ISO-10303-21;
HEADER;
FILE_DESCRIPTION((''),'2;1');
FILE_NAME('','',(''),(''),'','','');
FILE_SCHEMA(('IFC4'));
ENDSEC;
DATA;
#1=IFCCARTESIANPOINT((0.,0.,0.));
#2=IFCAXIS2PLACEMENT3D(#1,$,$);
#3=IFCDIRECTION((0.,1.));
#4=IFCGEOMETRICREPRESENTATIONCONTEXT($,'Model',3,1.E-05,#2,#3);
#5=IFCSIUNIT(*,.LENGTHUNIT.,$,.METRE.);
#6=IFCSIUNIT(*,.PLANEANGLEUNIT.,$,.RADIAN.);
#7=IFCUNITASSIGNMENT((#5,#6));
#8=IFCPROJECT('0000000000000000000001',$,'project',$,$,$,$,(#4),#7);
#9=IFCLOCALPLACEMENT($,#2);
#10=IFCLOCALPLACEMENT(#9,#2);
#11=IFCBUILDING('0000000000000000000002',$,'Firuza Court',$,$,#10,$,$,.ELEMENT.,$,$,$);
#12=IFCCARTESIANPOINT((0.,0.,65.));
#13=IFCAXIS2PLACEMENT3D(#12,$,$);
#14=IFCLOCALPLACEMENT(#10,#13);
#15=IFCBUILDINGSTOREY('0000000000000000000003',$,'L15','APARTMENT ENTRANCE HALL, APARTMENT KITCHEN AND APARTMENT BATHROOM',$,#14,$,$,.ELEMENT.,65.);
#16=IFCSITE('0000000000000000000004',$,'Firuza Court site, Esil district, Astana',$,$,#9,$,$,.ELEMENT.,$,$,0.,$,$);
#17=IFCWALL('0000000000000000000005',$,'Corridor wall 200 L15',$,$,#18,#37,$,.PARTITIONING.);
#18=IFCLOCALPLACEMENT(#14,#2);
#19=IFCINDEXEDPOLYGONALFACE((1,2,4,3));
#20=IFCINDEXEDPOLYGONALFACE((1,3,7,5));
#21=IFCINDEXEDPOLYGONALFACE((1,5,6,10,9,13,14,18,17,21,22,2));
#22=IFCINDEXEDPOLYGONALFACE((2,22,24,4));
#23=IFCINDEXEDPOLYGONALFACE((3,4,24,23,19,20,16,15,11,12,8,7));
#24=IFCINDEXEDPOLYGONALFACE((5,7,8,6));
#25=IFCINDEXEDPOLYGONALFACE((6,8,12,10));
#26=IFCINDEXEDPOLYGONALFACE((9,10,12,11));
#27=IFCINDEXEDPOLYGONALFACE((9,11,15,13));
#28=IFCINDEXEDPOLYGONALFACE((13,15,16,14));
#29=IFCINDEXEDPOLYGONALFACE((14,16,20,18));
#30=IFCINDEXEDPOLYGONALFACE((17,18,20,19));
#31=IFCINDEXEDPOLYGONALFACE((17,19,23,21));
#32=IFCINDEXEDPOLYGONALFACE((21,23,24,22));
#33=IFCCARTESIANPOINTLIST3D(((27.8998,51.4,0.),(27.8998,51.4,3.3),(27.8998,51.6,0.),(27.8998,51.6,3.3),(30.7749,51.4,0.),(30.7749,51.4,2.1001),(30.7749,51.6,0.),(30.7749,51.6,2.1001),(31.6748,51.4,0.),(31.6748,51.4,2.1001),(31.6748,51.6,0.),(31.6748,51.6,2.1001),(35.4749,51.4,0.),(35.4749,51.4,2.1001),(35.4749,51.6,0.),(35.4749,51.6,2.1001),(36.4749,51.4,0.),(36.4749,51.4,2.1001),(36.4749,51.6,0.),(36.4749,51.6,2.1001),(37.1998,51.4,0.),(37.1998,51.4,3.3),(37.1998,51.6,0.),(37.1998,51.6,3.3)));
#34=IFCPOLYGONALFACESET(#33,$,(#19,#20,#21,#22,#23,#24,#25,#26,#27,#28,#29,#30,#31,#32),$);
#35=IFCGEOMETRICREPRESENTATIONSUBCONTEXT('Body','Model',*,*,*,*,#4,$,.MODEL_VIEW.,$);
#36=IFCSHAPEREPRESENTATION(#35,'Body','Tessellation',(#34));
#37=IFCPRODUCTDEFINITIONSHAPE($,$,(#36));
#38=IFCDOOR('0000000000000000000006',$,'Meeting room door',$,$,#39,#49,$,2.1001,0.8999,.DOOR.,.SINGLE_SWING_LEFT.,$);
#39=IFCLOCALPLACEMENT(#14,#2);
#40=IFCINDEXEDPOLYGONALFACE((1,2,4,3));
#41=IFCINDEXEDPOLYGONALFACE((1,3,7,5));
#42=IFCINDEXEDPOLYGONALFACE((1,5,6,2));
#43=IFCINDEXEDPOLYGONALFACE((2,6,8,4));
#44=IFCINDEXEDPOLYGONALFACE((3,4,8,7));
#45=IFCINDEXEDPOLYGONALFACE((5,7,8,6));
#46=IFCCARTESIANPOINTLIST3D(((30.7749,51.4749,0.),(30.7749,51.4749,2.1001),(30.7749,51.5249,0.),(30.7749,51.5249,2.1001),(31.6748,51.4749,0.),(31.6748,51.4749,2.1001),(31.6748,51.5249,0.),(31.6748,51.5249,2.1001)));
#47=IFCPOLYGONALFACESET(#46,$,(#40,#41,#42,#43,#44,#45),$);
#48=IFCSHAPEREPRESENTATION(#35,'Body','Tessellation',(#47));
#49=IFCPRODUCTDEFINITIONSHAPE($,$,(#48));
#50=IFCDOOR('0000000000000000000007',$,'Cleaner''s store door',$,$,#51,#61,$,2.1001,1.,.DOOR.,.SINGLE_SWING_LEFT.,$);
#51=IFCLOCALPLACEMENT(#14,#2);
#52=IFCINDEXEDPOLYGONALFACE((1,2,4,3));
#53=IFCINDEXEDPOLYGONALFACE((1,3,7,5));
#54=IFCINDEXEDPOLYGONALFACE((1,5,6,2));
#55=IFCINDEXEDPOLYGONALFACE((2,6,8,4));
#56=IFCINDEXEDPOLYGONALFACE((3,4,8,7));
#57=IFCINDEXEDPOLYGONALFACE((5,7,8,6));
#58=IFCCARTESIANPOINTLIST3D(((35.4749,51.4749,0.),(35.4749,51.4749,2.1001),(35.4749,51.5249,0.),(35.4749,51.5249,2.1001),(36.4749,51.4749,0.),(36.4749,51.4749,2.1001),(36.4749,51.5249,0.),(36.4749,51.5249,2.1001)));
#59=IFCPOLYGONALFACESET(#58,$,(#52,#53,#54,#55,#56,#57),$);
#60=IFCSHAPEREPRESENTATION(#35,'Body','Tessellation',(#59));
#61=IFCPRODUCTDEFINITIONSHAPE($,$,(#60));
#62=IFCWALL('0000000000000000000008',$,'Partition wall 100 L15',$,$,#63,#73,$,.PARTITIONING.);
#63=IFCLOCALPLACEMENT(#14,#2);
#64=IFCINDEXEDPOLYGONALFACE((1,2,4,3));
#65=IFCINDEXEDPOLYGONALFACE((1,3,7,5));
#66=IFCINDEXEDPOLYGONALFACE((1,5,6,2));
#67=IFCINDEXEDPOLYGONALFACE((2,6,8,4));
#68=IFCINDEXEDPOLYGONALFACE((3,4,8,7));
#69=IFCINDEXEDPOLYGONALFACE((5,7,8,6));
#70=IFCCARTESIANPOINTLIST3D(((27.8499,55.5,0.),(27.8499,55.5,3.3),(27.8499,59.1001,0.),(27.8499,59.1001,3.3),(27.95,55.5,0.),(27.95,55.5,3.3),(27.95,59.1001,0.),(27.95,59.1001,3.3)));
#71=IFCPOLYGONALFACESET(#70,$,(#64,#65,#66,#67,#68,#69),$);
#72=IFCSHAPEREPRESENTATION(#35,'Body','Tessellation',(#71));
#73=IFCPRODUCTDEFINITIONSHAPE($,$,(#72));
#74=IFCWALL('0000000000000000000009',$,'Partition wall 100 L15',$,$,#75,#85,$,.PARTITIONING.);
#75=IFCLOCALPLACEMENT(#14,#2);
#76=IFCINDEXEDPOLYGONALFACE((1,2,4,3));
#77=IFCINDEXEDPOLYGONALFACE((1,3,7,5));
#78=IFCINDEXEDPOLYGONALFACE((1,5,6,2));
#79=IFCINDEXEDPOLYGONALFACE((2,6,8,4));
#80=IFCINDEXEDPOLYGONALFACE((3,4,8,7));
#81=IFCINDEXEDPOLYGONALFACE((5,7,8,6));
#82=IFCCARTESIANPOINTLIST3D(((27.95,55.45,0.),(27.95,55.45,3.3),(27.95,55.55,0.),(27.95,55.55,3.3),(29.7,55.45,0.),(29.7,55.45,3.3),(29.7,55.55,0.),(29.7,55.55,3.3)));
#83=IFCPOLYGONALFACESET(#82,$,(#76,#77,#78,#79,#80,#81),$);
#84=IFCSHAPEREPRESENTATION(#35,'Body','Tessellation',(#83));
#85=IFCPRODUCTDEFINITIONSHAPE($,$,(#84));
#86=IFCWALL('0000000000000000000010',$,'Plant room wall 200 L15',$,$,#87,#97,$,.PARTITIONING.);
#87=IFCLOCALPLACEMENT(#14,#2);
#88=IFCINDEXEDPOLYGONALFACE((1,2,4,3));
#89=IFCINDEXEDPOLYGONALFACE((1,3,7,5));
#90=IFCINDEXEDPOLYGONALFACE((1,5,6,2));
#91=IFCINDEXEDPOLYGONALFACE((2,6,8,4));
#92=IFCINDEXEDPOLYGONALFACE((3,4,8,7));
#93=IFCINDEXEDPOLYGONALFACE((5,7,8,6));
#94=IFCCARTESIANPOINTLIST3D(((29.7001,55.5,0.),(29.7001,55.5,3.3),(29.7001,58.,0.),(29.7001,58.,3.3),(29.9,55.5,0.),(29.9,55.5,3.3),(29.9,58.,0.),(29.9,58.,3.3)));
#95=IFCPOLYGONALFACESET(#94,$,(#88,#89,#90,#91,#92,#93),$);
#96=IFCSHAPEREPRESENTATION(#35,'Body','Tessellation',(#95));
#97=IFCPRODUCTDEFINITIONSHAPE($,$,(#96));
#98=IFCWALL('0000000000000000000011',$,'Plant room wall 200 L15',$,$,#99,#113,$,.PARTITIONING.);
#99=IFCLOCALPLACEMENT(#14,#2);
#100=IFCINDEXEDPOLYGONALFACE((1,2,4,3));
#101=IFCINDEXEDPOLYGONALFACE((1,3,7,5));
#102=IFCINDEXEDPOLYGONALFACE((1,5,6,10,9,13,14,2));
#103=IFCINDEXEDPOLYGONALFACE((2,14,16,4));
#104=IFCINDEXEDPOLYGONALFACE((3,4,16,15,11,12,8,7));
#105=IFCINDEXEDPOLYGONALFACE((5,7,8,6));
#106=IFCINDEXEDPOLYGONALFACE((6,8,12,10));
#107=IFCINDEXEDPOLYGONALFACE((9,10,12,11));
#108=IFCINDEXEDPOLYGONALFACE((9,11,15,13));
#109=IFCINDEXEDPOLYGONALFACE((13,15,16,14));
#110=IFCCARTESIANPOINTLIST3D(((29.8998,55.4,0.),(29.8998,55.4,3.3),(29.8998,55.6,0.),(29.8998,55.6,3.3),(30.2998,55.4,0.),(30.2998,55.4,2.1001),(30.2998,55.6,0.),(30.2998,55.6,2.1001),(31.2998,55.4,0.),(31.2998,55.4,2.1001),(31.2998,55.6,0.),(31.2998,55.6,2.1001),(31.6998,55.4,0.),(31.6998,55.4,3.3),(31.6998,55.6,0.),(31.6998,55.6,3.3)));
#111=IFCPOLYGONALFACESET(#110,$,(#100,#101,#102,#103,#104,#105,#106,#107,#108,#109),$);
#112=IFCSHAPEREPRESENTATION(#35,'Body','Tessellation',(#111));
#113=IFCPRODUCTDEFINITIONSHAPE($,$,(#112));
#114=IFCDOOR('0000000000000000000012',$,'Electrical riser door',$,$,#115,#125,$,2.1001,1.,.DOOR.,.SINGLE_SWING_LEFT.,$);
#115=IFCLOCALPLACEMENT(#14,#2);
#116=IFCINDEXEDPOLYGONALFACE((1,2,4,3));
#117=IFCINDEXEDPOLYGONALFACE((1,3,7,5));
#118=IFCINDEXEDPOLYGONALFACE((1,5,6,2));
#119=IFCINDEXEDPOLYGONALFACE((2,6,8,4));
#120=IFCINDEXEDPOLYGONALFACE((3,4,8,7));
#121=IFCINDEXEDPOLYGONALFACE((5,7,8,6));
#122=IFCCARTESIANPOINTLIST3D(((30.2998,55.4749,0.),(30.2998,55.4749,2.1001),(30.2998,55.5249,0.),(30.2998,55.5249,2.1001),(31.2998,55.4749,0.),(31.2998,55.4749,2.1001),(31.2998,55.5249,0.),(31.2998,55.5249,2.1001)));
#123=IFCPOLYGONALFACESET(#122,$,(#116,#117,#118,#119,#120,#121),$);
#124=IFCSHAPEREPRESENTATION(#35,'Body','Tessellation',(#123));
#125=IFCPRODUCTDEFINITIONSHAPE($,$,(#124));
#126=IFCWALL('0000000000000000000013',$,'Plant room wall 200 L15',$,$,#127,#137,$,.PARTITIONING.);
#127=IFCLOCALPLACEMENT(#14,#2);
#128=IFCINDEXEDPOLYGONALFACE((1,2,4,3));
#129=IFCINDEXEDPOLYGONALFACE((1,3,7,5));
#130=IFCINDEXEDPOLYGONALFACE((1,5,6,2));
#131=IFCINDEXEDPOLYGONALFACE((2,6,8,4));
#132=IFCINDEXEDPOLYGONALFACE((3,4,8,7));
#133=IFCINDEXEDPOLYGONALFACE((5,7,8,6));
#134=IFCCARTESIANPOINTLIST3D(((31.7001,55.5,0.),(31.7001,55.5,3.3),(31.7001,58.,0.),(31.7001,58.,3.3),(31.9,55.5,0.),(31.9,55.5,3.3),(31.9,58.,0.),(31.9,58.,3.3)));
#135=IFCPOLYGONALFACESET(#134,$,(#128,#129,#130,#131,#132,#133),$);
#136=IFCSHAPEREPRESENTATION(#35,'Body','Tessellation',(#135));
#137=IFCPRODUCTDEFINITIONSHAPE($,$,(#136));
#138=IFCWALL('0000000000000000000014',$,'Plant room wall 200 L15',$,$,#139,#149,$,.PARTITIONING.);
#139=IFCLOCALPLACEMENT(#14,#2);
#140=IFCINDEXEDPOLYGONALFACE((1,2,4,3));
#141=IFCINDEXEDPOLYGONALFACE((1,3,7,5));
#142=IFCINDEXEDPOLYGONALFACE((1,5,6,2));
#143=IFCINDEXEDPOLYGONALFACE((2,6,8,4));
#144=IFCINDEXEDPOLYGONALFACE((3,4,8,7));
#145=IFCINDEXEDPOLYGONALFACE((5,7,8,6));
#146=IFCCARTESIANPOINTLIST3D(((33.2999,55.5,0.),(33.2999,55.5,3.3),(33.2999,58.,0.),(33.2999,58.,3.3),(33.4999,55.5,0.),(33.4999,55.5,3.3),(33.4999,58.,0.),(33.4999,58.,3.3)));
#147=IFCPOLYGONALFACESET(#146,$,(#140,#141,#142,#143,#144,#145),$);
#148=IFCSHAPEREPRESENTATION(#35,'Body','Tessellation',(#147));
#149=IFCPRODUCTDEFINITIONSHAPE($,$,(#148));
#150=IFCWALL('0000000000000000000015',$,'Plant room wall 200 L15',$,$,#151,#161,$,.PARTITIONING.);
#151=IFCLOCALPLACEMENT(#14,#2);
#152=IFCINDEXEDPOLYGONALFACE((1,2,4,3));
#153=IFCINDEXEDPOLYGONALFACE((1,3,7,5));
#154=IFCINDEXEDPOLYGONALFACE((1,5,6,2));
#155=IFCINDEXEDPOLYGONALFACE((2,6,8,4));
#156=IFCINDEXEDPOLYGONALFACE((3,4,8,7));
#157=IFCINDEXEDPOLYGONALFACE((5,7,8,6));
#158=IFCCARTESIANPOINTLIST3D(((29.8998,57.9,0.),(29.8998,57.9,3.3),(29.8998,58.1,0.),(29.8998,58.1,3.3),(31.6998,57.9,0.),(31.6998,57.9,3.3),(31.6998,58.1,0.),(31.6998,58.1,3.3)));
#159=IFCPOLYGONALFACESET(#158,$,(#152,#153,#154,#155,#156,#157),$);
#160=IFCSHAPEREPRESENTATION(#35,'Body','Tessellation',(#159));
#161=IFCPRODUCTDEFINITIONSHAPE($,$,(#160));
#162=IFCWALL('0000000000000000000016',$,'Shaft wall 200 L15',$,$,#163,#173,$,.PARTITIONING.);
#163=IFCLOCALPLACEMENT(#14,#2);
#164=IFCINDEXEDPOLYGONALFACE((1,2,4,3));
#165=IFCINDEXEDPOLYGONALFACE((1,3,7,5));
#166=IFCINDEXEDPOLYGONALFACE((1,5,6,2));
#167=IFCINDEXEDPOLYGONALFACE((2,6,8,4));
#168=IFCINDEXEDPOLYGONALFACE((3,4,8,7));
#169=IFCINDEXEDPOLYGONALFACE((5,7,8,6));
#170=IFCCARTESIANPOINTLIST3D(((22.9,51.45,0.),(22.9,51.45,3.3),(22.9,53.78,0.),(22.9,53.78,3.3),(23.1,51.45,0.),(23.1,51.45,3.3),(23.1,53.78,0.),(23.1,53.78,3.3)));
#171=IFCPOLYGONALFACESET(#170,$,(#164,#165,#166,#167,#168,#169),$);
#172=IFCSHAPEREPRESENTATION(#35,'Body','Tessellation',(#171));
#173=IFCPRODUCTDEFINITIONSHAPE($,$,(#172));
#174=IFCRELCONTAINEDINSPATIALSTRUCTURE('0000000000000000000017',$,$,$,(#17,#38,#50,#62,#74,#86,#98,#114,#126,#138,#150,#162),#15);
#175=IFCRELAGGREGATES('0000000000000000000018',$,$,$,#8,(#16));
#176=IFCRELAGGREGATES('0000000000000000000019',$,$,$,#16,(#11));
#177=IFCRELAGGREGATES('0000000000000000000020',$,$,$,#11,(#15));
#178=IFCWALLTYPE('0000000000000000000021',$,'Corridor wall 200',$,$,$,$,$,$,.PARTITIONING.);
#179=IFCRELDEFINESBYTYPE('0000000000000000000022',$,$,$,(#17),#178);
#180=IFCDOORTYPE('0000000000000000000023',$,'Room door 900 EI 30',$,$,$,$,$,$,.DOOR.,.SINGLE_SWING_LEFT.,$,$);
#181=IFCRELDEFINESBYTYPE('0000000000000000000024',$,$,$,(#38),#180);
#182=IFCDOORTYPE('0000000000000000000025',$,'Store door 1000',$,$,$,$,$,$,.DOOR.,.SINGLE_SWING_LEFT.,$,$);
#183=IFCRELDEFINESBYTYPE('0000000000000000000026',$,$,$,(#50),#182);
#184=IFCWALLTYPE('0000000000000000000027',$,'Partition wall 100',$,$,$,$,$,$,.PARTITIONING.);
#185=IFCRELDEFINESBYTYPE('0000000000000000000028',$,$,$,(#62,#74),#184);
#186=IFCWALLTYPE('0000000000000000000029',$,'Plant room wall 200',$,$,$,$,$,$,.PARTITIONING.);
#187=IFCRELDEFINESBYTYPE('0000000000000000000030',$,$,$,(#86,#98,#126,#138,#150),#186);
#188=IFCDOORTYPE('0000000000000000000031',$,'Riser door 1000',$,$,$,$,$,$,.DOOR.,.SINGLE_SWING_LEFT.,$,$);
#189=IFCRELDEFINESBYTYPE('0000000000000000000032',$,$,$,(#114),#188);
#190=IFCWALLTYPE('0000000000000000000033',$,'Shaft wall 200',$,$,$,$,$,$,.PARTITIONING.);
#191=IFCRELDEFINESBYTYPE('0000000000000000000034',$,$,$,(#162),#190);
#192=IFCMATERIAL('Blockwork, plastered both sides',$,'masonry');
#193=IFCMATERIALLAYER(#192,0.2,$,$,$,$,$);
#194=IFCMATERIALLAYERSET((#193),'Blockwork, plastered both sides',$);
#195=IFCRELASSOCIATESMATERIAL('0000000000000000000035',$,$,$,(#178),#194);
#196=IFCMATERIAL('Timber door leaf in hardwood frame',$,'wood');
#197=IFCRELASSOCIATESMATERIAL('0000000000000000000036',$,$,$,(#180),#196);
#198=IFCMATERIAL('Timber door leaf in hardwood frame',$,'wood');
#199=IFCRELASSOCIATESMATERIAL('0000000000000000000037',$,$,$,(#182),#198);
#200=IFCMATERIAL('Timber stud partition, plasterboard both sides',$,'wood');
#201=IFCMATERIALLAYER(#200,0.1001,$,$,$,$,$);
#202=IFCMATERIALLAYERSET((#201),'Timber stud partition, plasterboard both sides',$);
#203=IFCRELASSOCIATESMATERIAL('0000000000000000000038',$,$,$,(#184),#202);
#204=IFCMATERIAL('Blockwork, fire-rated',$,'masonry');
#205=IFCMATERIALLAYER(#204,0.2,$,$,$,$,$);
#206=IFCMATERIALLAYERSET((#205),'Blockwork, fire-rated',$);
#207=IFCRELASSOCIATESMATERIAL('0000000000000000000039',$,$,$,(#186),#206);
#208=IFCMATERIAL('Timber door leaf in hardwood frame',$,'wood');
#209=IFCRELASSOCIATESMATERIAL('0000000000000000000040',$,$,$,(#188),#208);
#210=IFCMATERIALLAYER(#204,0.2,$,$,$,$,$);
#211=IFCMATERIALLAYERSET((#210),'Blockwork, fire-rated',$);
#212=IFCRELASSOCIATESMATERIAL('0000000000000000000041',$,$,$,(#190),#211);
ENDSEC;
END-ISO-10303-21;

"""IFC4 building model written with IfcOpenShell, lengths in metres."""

from ifc_helpers import new_model, si_unit, direction, frame, frame_2d, origin, place, context, subcontext, project, spatial, rectangle, extrude, material, layer, layer_set, type_object, element, fill, save


model = new_model("IFC4")

# Units and contexts
model_context = context("Model", 3, precision=1e-05, world=origin(), true_north=direction((0.0, 1.0)))
body_context = subcontext(model_context, "Body", "Model", "MODEL_VIEW")
ifc_project = project(units=[si_unit("LENGTHUNIT", "METRE"), si_unit("PLANEANGLEUNIT", "RADIAN")], contexts=[model_context])

# Site, building, storey
site_placement = place(None, origin())
site = spatial("IfcSite", under=ifc_project, at=site_placement, Name="Firuza Court site, Esil district, Astana", CompositionType="ELEMENT", RefElevation=0.0)
building_placement = place(site_placement, origin())
building = spatial("IfcBuilding", under=site, at=building_placement, Name="Firuza Court", CompositionType="ELEMENT")
storey_placement = place(building_placement, frame((0.0, 0.0, 65.0)))
storey = spatial("IfcBuildingStorey", under=building, at=storey_placement, Name="L15", Description="APARTMENT ENTRANCE HALL, APARTMENT KITCHEN AND APARTMENT BATHROOM", CompositionType="ELEMENT", Elevation=65.0)

# Wall, openings, doors
ifc_material_1 = material(Name="Blockwork, plastered both sides", Category="masonry")
ifc_layer_1 = layer(ifc_material_1, 0.2)
ifc_layer_set_1 = layer_set([ifc_layer_1], Name="Blockwork, plastered both sides")
wall_type_1 = type_object("IfcWallType", Name="Corridor wall 200", PredefinedType="PARTITIONING", material=ifc_layer_set_1)
wall_1_placement = place(storey_placement, frame((27.8999, 51.5, 0.0), z_axis=(0.0, 0.0, 1.0), x_axis=(1.0, 0.0, 0.0)))
wall_1 = element("IfcWall", 1, at=wall_1_placement, inside=storey, type_object=wall_type_1, Name="Corridor wall 200 L15", PredefinedType="PARTITIONING", context=body_context, shape_type="SweptSolid", body=[
    extrude(rectangle(XDim=9.3, YDim=0.2, at=frame_2d((4.6499, 0.0))), origin(), (0.0, 0.0, 1.0), 3.3),
])
opening_1_placement = place(wall_1_placement, frame((2.875, 0.0, 0.0)))
opening_1 = element("IfcOpeningElement", 2, at=opening_1_placement, cuts=wall_1, PredefinedType="OPENING", context=body_context, shape_type="SweptSolid", body=[
    extrude(rectangle(XDim=0.8999, YDim=2.1001, at=frame_2d((0.45, 1.05))), frame((0.0, 0.1118, 0.0), z_axis=(0.0, -1.0, 0.0), x_axis=(1.0, 0.0, 0.0)), (0.0, 0.0, 1.0), 0.2239),
])
opening_2_placement = place(wall_1_placement, frame((7.575, 0.0, 0.0)))
opening_2 = element("IfcOpeningElement", 3, at=opening_2_placement, cuts=wall_1, PredefinedType="OPENING", context=body_context, shape_type="SweptSolid", body=[
    extrude(rectangle(XDim=1.0, YDim=2.1001, at=frame_2d((0.5, 1.05))), frame((0.0, 0.1118, 0.0), z_axis=(0.0, -1.0, 0.0), x_axis=(1.0, 0.0, 0.0)), (0.0, 0.0, 1.0), 0.2239),
])
ifc_material_2 = material(Name="Timber door leaf in hardwood frame", Category="wood")
door_type_1 = type_object("IfcDoorType", Name="Room door 900 EI 30", OperationType="SINGLE_SWING_LEFT", PredefinedType="DOOR", material=ifc_material_2)
door_1_placement = place(opening_1_placement, origin())
door_1 = element("IfcDoor", 4, at=door_1_placement, inside=storey, type_object=door_type_1, Name="Meeting room door", OperationType="SINGLE_SWING_LEFT", OverallHeight=2.1001, OverallWidth=0.8999, PredefinedType="DOOR", context=body_context, shape_type="SweptSolid", body=[
    extrude(rectangle(XDim=0.8999, YDim=2.1001, at=frame_2d((0.45, 1.05))), frame((0.0, 0.0249, 0.0), z_axis=(0.0, -1.0, 0.0), x_axis=(1.0, 0.0, 0.0)), (0.0, 0.0, 1.0), 0.05),
])
fill(opening_1, door_1)
ifc_material_3 = material(Name="Timber door leaf in hardwood frame", Category="wood")
door_type_2 = type_object("IfcDoorType", Name="Store door 1000", OperationType="SINGLE_SWING_LEFT", PredefinedType="DOOR", material=ifc_material_3)
door_2_placement = place(opening_2_placement, origin())
door_2 = element("IfcDoor", 5, at=door_2_placement, inside=storey, type_object=door_type_2, Name="Cleaner's store door", OperationType="SINGLE_SWING_LEFT", OverallHeight=2.1001, OverallWidth=1.0, PredefinedType="DOOR", context=body_context, shape_type="SweptSolid", body=[
    extrude(rectangle(XDim=1.0, YDim=2.1001, at=frame_2d((0.5, 1.05))), frame((0.0, 0.0249, 0.0), z_axis=(0.0, -1.0, 0.0), x_axis=(1.0, 0.0, 0.0)), (0.0, 0.0, 1.0), 0.05),
])
fill(opening_2, door_2)

# Walls
ifc_material_4 = material(Name="Timber stud partition, plasterboard both sides", Category="wood")
ifc_layer_2 = layer(ifc_material_4, 0.1001)
ifc_layer_set_2 = layer_set([ifc_layer_2], Name="Timber stud partition, plasterboard both sides")
wall_type_2 = type_object("IfcWallType", Name="Partition wall 100", PredefinedType="PARTITIONING", material=ifc_layer_set_2)
wall_2_placement = place(storey_placement, frame((27.8999, 55.5, 0.0), z_axis=(0.0, 0.0, 1.0), x_axis=(0.0, 1.0, 0.0)))
element("IfcWall", 6, at=wall_2_placement, inside=storey, type_object=wall_type_2, Name="Partition wall 100 L15", PredefinedType="PARTITIONING", context=body_context, shape_type="SweptSolid", body=[
    extrude(rectangle(XDim=3.6001, YDim=0.1001, at=frame_2d((1.8, 0.0))), origin(), (0.0, 0.0, 1.0), 3.3),
])
wall_3_placement = place(storey_placement, frame((27.95, 55.5, 0.0), z_axis=(0.0, 0.0, 1.0), x_axis=(1.0, 0.0, 0.0)))
element("IfcWall", 7, at=wall_3_placement, inside=storey, type_object=wall_type_2, Name="Partition wall 100 L15", PredefinedType="PARTITIONING", context=body_context, shape_type="SweptSolid", body=[
    extrude(rectangle(XDim=1.75, YDim=0.1001, at=frame_2d((0.875, 0.0))), origin(), (0.0, 0.0, 1.0), 3.3),
])
ifc_material_5 = material(Name="Blockwork, fire-rated", Category="masonry")
ifc_layer_3 = layer(ifc_material_5, 0.2)
ifc_layer_set_3 = layer_set([ifc_layer_3], Name="Blockwork, fire-rated")
wall_type_3 = type_object("IfcWallType", Name="Plant room wall 200", PredefinedType="PARTITIONING", material=ifc_layer_set_3)
wall_4_placement = place(storey_placement, frame((29.8, 55.5, 0.0), z_axis=(0.0, 0.0, 1.0), x_axis=(0.0, 1.0, 0.0)))
element("IfcWall", 8, at=wall_4_placement, inside=storey, type_object=wall_type_3, Name="Plant room wall 200 L15", PredefinedType="PARTITIONING", context=body_context, shape_type="SweptSolid", body=[
    extrude(rectangle(XDim=2.5, YDim=0.2, at=frame_2d((1.25, 0.0))), origin(), (0.0, 0.0, 1.0), 3.3),
])

# Wall, opening, door
wall_5_placement = place(storey_placement, frame((29.8999, 55.5, 0.0), z_axis=(0.0, 0.0, 1.0), x_axis=(1.0, 0.0, 0.0)))
wall_5 = element("IfcWall", 9, at=wall_5_placement, inside=storey, type_object=wall_type_3, Name="Plant room wall 200 L15", PredefinedType="PARTITIONING", context=body_context, shape_type="SweptSolid", body=[
    extrude(rectangle(XDim=1.8, YDim=0.2, at=frame_2d((0.8999, 0.0))), origin(), (0.0, 0.0, 1.0), 3.3),
])
opening_3_placement = place(wall_5_placement, frame((0.3999, 0.0, 0.0)))
opening_3 = element("IfcOpeningElement", 10, at=opening_3_placement, cuts=wall_5, PredefinedType="OPENING", context=body_context, shape_type="SweptSolid", body=[
    extrude(rectangle(XDim=1.0, YDim=2.1001, at=frame_2d((0.5, 1.05))), frame((0.0, 0.1118, 0.0), z_axis=(0.0, -1.0, 0.0), x_axis=(1.0, 0.0, 0.0)), (0.0, 0.0, 1.0), 0.2239),
])
ifc_material_6 = material(Name="Timber door leaf in hardwood frame", Category="wood")
door_type_3 = type_object("IfcDoorType", Name="Riser door 1000", OperationType="SINGLE_SWING_LEFT", PredefinedType="DOOR", material=ifc_material_6)
door_3_placement = place(opening_3_placement, origin())
door_3 = element("IfcDoor", 11, at=door_3_placement, inside=storey, type_object=door_type_3, Name="Electrical riser door", OperationType="SINGLE_SWING_LEFT", OverallHeight=2.1001, OverallWidth=1.0, PredefinedType="DOOR", context=body_context, shape_type="SweptSolid", body=[
    extrude(rectangle(XDim=1.0, YDim=2.1001, at=frame_2d((0.5, 1.05))), frame((0.0, 0.0249, 0.0), z_axis=(0.0, -1.0, 0.0), x_axis=(1.0, 0.0, 0.0)), (0.0, 0.0, 1.0), 0.05),
])
fill(opening_3, door_3)

# Walls
for number, where, z_axis, x_axis, name in (
    (12, (31.8, 55.5, 0.0), (0.0, 0.0, 1.0), (0.0, 1.0, 0.0), "Plant room wall 200 L15"),
    (13, (33.3999, 55.5, 0.0), (0.0, 0.0, 1.0), (0.0, 1.0, 0.0), "Plant room wall 200 L15"),
):
    element("IfcWall", number, at=place(storey_placement, frame(where, z_axis=z_axis, x_axis=x_axis)), inside=storey, type_object=wall_type_3, Name=name, PredefinedType="PARTITIONING", context=body_context, shape_type="SweptSolid", body=[
        extrude(rectangle(XDim=2.5, YDim=0.2, at=frame_2d((1.25, 0.0))), origin(), (0.0, 0.0, 1.0), 3.3),
    ])
wall_6_placement = place(storey_placement, frame((29.8999, 58.0, 0.0), z_axis=(0.0, 0.0, 1.0), x_axis=(1.0, 0.0, 0.0)))
element("IfcWall", 14, at=wall_6_placement, inside=storey, type_object=wall_type_3, Name="Plant room wall 200 L15", PredefinedType="PARTITIONING", context=body_context, shape_type="SweptSolid", body=[
    extrude(rectangle(XDim=1.8, YDim=0.2, at=frame_2d((0.8999, 0.0))), origin(), (0.0, 0.0, 1.0), 3.3),
])
ifc_layer_4 = layer(ifc_material_5, 0.2)
ifc_layer_set_4 = layer_set([ifc_layer_4], Name="Blockwork, fire-rated")
wall_type_4 = type_object("IfcWallType", Name="Shaft wall 200", PredefinedType="PARTITIONING", material=ifc_layer_set_4)
wall_7_placement = place(storey_placement, frame((23.0, 51.45, 0.0), z_axis=(0.0, 0.0, 1.0), x_axis=(0.0, 1.0, 0.0)))
element("IfcWall", 15, at=wall_7_placement, inside=storey, type_object=wall_type_4, Name="Shaft wall 200 L15", PredefinedType="PARTITIONING", context=body_context, shape_type="SweptSolid", body=[
    extrude(rectangle(XDim=2.3301, YDim=0.2, at=frame_2d((1.165, 0.0))), origin(), (0.0, 0.0, 1.0), 3.3),
])

save(model, "model.ifc")
